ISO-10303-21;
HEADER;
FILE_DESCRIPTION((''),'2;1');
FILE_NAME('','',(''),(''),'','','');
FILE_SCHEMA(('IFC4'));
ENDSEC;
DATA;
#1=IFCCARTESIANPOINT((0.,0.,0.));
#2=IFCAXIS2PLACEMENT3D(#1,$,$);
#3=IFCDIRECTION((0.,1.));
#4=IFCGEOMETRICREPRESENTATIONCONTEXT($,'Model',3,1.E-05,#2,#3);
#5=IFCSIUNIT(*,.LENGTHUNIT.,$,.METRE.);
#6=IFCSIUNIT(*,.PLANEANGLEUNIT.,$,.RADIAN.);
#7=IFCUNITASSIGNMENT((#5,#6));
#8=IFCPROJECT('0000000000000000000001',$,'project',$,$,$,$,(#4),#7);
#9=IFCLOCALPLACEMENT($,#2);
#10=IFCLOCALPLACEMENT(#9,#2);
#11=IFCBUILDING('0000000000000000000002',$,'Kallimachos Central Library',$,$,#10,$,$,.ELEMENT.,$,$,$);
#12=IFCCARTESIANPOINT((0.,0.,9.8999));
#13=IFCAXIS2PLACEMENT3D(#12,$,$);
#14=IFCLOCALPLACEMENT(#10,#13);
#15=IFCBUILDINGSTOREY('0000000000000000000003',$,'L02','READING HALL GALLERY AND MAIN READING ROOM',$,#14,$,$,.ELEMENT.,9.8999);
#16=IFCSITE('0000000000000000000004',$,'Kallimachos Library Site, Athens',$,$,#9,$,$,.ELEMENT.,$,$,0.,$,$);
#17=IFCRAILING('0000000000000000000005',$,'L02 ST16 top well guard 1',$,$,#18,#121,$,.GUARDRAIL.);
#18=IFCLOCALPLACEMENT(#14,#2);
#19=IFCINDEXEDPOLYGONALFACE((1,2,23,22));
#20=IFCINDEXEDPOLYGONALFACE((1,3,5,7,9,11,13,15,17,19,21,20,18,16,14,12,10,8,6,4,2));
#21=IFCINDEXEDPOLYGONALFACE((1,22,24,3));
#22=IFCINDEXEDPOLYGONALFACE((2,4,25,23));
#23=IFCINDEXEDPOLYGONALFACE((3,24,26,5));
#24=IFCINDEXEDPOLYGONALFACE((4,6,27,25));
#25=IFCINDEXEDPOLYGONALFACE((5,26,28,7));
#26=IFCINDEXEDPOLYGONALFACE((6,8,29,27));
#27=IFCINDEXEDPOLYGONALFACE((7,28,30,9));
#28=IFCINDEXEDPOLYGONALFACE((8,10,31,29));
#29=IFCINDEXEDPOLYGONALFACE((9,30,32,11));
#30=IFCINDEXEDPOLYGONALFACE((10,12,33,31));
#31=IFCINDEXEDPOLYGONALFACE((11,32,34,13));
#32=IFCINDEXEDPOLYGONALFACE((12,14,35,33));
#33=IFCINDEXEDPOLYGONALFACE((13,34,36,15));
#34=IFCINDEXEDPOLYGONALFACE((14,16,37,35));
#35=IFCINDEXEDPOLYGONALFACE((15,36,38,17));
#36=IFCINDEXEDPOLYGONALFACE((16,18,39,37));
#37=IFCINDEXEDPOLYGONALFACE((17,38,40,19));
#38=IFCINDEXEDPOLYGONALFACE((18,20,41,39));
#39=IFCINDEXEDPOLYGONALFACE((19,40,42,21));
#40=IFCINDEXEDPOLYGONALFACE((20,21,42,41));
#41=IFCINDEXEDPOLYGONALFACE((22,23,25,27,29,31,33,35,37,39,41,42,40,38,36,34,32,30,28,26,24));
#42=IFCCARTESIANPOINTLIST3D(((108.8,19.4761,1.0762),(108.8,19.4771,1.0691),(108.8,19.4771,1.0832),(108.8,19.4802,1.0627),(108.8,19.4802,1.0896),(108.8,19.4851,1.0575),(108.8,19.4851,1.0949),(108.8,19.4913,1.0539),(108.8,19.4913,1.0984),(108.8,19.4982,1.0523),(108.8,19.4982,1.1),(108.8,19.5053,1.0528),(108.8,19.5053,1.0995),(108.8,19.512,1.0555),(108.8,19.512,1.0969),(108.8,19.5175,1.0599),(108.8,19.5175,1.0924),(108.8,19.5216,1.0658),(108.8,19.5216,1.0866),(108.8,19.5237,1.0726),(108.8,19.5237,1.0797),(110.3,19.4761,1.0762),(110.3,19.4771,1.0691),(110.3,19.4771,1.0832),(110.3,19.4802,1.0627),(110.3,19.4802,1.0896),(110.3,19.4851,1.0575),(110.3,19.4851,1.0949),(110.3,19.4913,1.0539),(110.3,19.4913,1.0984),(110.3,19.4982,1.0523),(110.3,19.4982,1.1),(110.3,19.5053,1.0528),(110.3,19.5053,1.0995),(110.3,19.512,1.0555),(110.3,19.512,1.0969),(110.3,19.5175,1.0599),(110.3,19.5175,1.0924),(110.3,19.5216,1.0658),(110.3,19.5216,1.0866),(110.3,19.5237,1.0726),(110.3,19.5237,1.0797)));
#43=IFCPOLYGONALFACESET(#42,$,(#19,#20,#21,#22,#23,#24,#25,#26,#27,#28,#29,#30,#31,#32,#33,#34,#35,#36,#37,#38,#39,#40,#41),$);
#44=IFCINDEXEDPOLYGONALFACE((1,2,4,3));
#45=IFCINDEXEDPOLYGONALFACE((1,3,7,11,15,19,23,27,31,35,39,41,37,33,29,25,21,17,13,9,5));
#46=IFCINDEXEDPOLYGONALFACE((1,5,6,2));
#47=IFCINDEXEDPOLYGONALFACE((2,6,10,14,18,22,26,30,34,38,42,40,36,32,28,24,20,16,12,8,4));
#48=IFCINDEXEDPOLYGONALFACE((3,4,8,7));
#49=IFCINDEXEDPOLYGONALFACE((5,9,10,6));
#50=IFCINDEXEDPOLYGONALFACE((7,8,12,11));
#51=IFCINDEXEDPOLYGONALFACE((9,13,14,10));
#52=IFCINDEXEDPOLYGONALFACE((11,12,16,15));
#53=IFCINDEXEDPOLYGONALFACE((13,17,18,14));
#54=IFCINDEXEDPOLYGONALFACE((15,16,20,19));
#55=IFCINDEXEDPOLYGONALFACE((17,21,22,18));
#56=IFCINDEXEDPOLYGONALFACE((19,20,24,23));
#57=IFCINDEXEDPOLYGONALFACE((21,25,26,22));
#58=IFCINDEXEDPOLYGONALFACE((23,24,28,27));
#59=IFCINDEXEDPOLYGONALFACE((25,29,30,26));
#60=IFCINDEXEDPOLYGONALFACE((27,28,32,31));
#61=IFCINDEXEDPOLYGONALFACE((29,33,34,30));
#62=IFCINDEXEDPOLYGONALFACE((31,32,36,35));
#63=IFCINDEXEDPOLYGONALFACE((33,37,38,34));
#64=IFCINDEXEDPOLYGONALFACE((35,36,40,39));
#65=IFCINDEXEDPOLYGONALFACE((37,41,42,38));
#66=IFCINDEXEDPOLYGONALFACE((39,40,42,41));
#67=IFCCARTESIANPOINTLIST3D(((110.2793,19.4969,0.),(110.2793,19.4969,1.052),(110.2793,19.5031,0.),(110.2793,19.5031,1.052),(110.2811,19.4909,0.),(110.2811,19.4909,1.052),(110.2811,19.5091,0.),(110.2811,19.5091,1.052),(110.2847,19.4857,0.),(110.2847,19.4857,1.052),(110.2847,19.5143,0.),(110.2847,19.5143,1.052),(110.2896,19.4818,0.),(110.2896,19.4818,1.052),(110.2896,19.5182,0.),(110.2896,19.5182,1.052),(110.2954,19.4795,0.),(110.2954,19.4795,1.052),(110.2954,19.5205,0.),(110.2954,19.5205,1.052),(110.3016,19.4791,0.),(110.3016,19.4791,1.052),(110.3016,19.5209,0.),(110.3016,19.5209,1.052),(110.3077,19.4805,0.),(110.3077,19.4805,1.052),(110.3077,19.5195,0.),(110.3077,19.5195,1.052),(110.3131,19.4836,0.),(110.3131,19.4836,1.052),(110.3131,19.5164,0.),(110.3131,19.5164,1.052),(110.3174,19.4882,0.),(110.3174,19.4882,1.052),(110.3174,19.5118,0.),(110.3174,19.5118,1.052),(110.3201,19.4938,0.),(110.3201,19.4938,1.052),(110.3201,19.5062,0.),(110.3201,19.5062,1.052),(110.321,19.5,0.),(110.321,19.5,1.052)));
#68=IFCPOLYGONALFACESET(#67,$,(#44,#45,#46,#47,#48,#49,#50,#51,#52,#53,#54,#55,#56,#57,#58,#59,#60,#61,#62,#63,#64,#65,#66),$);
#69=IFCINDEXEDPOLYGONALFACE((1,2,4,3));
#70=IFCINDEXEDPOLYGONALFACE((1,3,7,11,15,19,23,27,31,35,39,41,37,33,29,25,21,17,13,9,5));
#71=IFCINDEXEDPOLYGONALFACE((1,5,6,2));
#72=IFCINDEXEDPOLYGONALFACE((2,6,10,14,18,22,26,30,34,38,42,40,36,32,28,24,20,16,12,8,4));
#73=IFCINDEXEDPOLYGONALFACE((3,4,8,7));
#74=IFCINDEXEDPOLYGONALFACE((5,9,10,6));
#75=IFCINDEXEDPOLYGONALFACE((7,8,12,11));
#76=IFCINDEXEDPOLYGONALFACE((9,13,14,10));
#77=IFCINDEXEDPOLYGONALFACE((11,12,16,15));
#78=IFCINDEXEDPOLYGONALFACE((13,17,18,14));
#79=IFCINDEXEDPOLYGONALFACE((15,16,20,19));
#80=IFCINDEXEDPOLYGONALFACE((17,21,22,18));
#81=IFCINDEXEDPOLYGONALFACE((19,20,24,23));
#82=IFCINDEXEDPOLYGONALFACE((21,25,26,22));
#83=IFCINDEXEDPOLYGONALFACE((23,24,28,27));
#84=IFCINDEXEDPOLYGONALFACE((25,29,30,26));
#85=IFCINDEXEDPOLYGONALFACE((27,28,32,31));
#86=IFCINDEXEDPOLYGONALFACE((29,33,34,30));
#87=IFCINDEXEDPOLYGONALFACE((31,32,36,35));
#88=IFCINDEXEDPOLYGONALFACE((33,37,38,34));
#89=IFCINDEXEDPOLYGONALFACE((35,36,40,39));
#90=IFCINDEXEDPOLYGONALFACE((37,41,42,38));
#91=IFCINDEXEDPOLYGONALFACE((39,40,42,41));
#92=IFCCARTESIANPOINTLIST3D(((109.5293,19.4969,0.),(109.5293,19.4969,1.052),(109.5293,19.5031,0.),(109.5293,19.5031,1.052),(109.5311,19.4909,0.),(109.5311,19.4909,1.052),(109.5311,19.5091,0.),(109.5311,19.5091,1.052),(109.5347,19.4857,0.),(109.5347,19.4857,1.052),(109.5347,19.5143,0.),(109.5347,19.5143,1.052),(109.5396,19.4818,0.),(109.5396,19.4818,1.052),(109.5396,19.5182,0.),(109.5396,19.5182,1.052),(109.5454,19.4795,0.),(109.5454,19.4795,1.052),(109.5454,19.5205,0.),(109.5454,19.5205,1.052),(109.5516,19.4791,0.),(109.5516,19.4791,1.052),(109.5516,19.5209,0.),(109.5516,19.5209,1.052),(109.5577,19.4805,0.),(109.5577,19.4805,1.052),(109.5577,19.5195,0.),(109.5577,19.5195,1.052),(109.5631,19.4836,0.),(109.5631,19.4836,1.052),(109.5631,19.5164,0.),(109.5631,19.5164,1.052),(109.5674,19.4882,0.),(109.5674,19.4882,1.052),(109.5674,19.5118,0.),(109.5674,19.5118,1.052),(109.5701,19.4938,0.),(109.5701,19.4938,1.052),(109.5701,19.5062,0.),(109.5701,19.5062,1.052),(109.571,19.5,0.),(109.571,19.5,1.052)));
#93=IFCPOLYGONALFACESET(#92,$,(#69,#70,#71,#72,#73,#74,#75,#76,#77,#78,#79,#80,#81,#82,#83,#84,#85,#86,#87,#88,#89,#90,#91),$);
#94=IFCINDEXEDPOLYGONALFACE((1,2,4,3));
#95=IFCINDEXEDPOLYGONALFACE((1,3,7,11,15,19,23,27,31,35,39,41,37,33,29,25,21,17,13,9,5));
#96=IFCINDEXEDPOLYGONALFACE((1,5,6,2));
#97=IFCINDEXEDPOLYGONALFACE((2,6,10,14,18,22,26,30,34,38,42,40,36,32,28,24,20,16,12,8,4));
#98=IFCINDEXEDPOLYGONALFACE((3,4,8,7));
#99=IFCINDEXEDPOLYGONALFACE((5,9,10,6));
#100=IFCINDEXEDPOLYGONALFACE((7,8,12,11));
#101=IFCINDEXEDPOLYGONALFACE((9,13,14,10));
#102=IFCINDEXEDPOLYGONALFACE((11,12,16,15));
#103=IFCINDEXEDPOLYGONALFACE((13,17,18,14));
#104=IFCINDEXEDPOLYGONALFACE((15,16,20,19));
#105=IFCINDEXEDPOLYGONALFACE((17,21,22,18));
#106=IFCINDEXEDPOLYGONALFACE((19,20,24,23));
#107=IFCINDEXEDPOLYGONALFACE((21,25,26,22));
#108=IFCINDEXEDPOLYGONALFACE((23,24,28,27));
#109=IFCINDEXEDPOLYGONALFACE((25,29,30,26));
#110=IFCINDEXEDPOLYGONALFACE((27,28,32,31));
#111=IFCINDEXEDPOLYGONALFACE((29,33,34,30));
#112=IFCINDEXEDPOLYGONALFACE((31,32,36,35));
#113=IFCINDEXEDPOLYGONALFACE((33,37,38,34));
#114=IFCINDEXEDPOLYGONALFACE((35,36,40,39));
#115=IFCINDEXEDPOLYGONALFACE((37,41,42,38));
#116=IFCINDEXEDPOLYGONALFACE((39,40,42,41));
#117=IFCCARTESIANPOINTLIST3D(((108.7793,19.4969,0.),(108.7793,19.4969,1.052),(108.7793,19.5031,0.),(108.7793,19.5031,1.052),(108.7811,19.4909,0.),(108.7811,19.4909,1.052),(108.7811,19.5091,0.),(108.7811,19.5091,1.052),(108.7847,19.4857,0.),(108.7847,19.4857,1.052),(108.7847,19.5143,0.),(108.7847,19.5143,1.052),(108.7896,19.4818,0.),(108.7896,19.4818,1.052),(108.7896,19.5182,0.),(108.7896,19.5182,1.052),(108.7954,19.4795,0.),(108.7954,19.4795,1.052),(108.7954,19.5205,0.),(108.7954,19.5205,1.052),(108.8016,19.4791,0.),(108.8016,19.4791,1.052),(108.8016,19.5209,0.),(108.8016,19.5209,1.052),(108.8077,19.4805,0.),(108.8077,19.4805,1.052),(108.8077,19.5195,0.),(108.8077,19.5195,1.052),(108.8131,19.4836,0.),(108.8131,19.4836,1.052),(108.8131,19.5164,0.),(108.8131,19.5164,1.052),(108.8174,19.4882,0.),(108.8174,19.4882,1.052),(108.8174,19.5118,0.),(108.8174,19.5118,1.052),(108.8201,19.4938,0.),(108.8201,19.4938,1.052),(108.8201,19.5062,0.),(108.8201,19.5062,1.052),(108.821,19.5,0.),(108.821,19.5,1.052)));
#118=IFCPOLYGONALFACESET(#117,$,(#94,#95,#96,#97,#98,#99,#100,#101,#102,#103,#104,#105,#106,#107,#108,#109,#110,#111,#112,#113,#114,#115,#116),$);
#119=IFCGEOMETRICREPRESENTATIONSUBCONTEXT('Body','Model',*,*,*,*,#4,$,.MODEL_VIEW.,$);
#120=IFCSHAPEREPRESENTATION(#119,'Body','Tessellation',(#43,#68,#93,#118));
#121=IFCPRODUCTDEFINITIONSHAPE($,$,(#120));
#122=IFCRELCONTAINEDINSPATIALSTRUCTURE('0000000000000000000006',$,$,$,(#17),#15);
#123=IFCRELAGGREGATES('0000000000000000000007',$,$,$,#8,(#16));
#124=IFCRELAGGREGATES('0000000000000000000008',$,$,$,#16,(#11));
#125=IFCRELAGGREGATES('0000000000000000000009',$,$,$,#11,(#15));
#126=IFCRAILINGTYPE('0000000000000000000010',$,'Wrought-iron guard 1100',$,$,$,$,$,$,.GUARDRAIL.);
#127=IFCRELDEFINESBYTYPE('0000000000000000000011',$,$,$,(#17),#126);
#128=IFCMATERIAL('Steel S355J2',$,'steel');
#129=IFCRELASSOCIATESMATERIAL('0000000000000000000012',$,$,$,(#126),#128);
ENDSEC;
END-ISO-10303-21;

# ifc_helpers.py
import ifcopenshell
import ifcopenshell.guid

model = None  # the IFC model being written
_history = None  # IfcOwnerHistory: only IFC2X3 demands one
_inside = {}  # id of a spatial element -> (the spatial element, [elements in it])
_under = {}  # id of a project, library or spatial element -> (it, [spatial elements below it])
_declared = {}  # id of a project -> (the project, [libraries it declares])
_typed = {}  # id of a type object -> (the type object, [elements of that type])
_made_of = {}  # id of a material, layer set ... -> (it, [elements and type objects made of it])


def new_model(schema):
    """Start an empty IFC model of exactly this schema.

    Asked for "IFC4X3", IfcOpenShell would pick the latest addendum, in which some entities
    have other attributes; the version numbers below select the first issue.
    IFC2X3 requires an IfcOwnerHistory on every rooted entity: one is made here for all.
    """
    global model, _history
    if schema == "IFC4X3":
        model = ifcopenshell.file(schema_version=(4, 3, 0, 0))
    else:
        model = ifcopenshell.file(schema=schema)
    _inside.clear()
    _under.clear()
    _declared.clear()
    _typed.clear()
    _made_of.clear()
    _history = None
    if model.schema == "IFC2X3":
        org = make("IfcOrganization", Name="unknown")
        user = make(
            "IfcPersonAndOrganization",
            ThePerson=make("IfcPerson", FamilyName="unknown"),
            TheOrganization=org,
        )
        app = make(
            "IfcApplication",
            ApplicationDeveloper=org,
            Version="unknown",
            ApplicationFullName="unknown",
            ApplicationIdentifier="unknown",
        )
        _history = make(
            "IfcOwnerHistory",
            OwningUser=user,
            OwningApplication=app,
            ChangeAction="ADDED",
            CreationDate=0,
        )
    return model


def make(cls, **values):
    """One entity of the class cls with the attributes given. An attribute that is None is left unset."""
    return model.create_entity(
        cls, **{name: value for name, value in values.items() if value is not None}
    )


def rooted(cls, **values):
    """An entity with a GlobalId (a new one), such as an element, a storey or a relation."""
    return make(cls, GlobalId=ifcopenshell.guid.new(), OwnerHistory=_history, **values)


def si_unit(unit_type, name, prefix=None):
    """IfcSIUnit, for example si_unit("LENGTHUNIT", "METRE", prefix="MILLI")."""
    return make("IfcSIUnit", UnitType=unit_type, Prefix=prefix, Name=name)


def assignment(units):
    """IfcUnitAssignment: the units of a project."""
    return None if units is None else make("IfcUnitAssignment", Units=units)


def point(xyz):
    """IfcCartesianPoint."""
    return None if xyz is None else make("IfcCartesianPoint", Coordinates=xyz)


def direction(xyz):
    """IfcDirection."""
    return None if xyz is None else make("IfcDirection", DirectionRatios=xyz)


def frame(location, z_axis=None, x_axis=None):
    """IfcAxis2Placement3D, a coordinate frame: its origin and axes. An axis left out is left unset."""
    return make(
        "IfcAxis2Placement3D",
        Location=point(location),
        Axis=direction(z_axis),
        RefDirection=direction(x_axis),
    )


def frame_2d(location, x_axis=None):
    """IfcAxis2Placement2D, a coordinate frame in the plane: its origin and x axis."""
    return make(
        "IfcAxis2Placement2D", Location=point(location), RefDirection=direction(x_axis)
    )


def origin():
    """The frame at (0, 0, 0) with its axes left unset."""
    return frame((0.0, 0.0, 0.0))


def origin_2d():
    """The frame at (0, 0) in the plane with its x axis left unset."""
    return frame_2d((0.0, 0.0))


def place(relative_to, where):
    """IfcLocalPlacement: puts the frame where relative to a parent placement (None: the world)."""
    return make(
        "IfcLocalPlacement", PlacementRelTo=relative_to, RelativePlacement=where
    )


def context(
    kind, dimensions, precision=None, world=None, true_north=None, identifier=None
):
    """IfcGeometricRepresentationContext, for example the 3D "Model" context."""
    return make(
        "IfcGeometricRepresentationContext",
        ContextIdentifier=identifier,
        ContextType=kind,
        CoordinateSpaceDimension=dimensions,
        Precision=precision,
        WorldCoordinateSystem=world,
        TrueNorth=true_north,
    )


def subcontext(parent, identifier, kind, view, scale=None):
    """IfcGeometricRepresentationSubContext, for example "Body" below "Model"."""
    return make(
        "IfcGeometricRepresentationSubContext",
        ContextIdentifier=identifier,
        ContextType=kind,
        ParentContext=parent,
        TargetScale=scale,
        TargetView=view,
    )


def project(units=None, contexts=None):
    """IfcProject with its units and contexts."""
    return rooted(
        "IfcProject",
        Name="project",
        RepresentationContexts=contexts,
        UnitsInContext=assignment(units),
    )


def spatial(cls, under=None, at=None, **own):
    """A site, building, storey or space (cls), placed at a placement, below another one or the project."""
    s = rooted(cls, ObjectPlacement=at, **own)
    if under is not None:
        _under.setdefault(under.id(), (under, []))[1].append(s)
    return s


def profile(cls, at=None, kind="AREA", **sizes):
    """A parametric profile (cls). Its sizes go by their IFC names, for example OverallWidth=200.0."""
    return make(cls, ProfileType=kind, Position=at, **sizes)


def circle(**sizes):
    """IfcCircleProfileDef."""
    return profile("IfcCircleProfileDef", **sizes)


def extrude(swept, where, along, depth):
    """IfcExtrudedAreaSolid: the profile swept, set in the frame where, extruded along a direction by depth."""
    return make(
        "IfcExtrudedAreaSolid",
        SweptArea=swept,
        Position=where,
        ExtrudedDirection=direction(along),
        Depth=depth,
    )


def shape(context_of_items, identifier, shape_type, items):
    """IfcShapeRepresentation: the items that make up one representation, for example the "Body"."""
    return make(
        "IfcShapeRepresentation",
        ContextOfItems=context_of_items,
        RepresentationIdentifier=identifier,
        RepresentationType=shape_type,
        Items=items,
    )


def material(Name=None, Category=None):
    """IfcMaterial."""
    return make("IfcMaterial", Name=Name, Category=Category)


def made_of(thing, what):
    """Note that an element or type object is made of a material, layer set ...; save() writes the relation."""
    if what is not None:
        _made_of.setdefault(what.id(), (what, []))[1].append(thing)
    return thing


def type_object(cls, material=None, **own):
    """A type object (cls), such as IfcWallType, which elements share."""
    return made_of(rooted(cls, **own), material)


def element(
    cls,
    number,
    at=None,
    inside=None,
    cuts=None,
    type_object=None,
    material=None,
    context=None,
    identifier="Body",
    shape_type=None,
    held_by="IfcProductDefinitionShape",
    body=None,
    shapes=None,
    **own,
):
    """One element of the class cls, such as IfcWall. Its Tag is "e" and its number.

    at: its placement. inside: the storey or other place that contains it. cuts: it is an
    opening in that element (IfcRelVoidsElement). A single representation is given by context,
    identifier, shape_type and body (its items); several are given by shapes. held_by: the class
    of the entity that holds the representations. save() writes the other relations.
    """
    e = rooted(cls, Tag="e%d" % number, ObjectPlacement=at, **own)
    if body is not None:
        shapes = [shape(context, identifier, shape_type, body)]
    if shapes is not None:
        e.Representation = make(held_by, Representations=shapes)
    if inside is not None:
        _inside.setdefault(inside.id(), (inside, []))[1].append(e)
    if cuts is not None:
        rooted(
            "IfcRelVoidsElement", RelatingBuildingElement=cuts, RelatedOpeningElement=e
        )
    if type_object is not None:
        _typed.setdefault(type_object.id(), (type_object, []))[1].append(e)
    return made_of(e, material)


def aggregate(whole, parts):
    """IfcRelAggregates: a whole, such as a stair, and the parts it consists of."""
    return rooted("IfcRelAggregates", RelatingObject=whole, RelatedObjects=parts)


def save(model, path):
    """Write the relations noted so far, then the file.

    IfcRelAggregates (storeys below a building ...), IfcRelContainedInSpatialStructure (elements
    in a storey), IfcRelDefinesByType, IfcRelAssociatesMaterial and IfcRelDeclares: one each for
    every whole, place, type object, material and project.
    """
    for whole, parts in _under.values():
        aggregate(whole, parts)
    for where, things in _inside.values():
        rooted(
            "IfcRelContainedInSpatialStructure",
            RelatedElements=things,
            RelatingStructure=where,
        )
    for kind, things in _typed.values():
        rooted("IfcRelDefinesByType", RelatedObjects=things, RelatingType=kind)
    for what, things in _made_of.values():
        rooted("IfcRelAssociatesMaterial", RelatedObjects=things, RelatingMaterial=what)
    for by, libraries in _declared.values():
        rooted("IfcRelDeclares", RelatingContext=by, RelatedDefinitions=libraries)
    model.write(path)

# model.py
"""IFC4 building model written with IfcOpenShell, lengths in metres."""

from ifc_helpers import new_model, si_unit, direction, frame, origin, origin_2d, place, context, subcontext, project, spatial, circle, extrude, material, type_object, element, save


model = new_model("IFC4")

# Units and contexts
model_context = context("Model", 3, precision=1e-05, world=origin(), true_north=direction((0.0, 1.0)))
body_context = subcontext(model_context, "Body", "Model", "MODEL_VIEW")
ifc_project = project(units=[si_unit("LENGTHUNIT", "METRE"), si_unit("PLANEANGLEUNIT", "RADIAN")], contexts=[model_context])

# Site, building, storey
site_placement = place(None, origin())
site = spatial("IfcSite", under=ifc_project, at=site_placement, Name="Kallimachos Library Site, Athens", CompositionType="ELEMENT", RefElevation=0.0)
building_placement = place(site_placement, origin())
building = spatial("IfcBuilding", under=site, at=building_placement, Name="Kallimachos Central Library", CompositionType="ELEMENT")
storey_placement = place(building_placement, frame((0.0, 0.0, 9.8999)))
storey = spatial("IfcBuildingStorey", under=building, at=storey_placement, Name="L02", Description="READING HALL GALLERY AND MAIN READING ROOM", CompositionType="ELEMENT", Elevation=9.8999)

# Railing
ifc_material_1 = material(Name="Steel S355J2", Category="steel")
railing_type = type_object("IfcRailingType", Name="Wrought-iron guard 1100", PredefinedType="GUARDRAIL", material=ifc_material_1)
railing_placement = place(storey_placement, frame((110.3, 19.5, 0.0)))
element("IfcRailing", 1, at=railing_placement, inside=storey, type_object=railing_type, Name="L02 ST16 top well guard 1", PredefinedType="GUARDRAIL", context=body_context, shape_type="SweptSolid", body=[
    extrude(circle(Radius=0.0239, at=origin_2d()), frame((0.0, 0.0, 1.0762), z_axis=(-1.0, 0.0, 0.0), x_axis=(0.0, -1.0, 0.0)), (0.0, 0.0, 1.0), 1.5),
    extrude(circle(Radius=0.021, at=origin_2d()), origin(), (0.0, 0.0, 1.0), 1.052),
    extrude(circle(Radius=0.021, at=origin_2d()), frame((-0.75, 0.0, 0.0)), (0.0, 0.0, 1.0), 1.052),
    extrude(circle(Radius=0.021, at=origin_2d()), frame((-1.5, 0.0, 0.0)), (0.0, 0.0, 1.0), 1.052),
])

save(model, "model.ifc")
